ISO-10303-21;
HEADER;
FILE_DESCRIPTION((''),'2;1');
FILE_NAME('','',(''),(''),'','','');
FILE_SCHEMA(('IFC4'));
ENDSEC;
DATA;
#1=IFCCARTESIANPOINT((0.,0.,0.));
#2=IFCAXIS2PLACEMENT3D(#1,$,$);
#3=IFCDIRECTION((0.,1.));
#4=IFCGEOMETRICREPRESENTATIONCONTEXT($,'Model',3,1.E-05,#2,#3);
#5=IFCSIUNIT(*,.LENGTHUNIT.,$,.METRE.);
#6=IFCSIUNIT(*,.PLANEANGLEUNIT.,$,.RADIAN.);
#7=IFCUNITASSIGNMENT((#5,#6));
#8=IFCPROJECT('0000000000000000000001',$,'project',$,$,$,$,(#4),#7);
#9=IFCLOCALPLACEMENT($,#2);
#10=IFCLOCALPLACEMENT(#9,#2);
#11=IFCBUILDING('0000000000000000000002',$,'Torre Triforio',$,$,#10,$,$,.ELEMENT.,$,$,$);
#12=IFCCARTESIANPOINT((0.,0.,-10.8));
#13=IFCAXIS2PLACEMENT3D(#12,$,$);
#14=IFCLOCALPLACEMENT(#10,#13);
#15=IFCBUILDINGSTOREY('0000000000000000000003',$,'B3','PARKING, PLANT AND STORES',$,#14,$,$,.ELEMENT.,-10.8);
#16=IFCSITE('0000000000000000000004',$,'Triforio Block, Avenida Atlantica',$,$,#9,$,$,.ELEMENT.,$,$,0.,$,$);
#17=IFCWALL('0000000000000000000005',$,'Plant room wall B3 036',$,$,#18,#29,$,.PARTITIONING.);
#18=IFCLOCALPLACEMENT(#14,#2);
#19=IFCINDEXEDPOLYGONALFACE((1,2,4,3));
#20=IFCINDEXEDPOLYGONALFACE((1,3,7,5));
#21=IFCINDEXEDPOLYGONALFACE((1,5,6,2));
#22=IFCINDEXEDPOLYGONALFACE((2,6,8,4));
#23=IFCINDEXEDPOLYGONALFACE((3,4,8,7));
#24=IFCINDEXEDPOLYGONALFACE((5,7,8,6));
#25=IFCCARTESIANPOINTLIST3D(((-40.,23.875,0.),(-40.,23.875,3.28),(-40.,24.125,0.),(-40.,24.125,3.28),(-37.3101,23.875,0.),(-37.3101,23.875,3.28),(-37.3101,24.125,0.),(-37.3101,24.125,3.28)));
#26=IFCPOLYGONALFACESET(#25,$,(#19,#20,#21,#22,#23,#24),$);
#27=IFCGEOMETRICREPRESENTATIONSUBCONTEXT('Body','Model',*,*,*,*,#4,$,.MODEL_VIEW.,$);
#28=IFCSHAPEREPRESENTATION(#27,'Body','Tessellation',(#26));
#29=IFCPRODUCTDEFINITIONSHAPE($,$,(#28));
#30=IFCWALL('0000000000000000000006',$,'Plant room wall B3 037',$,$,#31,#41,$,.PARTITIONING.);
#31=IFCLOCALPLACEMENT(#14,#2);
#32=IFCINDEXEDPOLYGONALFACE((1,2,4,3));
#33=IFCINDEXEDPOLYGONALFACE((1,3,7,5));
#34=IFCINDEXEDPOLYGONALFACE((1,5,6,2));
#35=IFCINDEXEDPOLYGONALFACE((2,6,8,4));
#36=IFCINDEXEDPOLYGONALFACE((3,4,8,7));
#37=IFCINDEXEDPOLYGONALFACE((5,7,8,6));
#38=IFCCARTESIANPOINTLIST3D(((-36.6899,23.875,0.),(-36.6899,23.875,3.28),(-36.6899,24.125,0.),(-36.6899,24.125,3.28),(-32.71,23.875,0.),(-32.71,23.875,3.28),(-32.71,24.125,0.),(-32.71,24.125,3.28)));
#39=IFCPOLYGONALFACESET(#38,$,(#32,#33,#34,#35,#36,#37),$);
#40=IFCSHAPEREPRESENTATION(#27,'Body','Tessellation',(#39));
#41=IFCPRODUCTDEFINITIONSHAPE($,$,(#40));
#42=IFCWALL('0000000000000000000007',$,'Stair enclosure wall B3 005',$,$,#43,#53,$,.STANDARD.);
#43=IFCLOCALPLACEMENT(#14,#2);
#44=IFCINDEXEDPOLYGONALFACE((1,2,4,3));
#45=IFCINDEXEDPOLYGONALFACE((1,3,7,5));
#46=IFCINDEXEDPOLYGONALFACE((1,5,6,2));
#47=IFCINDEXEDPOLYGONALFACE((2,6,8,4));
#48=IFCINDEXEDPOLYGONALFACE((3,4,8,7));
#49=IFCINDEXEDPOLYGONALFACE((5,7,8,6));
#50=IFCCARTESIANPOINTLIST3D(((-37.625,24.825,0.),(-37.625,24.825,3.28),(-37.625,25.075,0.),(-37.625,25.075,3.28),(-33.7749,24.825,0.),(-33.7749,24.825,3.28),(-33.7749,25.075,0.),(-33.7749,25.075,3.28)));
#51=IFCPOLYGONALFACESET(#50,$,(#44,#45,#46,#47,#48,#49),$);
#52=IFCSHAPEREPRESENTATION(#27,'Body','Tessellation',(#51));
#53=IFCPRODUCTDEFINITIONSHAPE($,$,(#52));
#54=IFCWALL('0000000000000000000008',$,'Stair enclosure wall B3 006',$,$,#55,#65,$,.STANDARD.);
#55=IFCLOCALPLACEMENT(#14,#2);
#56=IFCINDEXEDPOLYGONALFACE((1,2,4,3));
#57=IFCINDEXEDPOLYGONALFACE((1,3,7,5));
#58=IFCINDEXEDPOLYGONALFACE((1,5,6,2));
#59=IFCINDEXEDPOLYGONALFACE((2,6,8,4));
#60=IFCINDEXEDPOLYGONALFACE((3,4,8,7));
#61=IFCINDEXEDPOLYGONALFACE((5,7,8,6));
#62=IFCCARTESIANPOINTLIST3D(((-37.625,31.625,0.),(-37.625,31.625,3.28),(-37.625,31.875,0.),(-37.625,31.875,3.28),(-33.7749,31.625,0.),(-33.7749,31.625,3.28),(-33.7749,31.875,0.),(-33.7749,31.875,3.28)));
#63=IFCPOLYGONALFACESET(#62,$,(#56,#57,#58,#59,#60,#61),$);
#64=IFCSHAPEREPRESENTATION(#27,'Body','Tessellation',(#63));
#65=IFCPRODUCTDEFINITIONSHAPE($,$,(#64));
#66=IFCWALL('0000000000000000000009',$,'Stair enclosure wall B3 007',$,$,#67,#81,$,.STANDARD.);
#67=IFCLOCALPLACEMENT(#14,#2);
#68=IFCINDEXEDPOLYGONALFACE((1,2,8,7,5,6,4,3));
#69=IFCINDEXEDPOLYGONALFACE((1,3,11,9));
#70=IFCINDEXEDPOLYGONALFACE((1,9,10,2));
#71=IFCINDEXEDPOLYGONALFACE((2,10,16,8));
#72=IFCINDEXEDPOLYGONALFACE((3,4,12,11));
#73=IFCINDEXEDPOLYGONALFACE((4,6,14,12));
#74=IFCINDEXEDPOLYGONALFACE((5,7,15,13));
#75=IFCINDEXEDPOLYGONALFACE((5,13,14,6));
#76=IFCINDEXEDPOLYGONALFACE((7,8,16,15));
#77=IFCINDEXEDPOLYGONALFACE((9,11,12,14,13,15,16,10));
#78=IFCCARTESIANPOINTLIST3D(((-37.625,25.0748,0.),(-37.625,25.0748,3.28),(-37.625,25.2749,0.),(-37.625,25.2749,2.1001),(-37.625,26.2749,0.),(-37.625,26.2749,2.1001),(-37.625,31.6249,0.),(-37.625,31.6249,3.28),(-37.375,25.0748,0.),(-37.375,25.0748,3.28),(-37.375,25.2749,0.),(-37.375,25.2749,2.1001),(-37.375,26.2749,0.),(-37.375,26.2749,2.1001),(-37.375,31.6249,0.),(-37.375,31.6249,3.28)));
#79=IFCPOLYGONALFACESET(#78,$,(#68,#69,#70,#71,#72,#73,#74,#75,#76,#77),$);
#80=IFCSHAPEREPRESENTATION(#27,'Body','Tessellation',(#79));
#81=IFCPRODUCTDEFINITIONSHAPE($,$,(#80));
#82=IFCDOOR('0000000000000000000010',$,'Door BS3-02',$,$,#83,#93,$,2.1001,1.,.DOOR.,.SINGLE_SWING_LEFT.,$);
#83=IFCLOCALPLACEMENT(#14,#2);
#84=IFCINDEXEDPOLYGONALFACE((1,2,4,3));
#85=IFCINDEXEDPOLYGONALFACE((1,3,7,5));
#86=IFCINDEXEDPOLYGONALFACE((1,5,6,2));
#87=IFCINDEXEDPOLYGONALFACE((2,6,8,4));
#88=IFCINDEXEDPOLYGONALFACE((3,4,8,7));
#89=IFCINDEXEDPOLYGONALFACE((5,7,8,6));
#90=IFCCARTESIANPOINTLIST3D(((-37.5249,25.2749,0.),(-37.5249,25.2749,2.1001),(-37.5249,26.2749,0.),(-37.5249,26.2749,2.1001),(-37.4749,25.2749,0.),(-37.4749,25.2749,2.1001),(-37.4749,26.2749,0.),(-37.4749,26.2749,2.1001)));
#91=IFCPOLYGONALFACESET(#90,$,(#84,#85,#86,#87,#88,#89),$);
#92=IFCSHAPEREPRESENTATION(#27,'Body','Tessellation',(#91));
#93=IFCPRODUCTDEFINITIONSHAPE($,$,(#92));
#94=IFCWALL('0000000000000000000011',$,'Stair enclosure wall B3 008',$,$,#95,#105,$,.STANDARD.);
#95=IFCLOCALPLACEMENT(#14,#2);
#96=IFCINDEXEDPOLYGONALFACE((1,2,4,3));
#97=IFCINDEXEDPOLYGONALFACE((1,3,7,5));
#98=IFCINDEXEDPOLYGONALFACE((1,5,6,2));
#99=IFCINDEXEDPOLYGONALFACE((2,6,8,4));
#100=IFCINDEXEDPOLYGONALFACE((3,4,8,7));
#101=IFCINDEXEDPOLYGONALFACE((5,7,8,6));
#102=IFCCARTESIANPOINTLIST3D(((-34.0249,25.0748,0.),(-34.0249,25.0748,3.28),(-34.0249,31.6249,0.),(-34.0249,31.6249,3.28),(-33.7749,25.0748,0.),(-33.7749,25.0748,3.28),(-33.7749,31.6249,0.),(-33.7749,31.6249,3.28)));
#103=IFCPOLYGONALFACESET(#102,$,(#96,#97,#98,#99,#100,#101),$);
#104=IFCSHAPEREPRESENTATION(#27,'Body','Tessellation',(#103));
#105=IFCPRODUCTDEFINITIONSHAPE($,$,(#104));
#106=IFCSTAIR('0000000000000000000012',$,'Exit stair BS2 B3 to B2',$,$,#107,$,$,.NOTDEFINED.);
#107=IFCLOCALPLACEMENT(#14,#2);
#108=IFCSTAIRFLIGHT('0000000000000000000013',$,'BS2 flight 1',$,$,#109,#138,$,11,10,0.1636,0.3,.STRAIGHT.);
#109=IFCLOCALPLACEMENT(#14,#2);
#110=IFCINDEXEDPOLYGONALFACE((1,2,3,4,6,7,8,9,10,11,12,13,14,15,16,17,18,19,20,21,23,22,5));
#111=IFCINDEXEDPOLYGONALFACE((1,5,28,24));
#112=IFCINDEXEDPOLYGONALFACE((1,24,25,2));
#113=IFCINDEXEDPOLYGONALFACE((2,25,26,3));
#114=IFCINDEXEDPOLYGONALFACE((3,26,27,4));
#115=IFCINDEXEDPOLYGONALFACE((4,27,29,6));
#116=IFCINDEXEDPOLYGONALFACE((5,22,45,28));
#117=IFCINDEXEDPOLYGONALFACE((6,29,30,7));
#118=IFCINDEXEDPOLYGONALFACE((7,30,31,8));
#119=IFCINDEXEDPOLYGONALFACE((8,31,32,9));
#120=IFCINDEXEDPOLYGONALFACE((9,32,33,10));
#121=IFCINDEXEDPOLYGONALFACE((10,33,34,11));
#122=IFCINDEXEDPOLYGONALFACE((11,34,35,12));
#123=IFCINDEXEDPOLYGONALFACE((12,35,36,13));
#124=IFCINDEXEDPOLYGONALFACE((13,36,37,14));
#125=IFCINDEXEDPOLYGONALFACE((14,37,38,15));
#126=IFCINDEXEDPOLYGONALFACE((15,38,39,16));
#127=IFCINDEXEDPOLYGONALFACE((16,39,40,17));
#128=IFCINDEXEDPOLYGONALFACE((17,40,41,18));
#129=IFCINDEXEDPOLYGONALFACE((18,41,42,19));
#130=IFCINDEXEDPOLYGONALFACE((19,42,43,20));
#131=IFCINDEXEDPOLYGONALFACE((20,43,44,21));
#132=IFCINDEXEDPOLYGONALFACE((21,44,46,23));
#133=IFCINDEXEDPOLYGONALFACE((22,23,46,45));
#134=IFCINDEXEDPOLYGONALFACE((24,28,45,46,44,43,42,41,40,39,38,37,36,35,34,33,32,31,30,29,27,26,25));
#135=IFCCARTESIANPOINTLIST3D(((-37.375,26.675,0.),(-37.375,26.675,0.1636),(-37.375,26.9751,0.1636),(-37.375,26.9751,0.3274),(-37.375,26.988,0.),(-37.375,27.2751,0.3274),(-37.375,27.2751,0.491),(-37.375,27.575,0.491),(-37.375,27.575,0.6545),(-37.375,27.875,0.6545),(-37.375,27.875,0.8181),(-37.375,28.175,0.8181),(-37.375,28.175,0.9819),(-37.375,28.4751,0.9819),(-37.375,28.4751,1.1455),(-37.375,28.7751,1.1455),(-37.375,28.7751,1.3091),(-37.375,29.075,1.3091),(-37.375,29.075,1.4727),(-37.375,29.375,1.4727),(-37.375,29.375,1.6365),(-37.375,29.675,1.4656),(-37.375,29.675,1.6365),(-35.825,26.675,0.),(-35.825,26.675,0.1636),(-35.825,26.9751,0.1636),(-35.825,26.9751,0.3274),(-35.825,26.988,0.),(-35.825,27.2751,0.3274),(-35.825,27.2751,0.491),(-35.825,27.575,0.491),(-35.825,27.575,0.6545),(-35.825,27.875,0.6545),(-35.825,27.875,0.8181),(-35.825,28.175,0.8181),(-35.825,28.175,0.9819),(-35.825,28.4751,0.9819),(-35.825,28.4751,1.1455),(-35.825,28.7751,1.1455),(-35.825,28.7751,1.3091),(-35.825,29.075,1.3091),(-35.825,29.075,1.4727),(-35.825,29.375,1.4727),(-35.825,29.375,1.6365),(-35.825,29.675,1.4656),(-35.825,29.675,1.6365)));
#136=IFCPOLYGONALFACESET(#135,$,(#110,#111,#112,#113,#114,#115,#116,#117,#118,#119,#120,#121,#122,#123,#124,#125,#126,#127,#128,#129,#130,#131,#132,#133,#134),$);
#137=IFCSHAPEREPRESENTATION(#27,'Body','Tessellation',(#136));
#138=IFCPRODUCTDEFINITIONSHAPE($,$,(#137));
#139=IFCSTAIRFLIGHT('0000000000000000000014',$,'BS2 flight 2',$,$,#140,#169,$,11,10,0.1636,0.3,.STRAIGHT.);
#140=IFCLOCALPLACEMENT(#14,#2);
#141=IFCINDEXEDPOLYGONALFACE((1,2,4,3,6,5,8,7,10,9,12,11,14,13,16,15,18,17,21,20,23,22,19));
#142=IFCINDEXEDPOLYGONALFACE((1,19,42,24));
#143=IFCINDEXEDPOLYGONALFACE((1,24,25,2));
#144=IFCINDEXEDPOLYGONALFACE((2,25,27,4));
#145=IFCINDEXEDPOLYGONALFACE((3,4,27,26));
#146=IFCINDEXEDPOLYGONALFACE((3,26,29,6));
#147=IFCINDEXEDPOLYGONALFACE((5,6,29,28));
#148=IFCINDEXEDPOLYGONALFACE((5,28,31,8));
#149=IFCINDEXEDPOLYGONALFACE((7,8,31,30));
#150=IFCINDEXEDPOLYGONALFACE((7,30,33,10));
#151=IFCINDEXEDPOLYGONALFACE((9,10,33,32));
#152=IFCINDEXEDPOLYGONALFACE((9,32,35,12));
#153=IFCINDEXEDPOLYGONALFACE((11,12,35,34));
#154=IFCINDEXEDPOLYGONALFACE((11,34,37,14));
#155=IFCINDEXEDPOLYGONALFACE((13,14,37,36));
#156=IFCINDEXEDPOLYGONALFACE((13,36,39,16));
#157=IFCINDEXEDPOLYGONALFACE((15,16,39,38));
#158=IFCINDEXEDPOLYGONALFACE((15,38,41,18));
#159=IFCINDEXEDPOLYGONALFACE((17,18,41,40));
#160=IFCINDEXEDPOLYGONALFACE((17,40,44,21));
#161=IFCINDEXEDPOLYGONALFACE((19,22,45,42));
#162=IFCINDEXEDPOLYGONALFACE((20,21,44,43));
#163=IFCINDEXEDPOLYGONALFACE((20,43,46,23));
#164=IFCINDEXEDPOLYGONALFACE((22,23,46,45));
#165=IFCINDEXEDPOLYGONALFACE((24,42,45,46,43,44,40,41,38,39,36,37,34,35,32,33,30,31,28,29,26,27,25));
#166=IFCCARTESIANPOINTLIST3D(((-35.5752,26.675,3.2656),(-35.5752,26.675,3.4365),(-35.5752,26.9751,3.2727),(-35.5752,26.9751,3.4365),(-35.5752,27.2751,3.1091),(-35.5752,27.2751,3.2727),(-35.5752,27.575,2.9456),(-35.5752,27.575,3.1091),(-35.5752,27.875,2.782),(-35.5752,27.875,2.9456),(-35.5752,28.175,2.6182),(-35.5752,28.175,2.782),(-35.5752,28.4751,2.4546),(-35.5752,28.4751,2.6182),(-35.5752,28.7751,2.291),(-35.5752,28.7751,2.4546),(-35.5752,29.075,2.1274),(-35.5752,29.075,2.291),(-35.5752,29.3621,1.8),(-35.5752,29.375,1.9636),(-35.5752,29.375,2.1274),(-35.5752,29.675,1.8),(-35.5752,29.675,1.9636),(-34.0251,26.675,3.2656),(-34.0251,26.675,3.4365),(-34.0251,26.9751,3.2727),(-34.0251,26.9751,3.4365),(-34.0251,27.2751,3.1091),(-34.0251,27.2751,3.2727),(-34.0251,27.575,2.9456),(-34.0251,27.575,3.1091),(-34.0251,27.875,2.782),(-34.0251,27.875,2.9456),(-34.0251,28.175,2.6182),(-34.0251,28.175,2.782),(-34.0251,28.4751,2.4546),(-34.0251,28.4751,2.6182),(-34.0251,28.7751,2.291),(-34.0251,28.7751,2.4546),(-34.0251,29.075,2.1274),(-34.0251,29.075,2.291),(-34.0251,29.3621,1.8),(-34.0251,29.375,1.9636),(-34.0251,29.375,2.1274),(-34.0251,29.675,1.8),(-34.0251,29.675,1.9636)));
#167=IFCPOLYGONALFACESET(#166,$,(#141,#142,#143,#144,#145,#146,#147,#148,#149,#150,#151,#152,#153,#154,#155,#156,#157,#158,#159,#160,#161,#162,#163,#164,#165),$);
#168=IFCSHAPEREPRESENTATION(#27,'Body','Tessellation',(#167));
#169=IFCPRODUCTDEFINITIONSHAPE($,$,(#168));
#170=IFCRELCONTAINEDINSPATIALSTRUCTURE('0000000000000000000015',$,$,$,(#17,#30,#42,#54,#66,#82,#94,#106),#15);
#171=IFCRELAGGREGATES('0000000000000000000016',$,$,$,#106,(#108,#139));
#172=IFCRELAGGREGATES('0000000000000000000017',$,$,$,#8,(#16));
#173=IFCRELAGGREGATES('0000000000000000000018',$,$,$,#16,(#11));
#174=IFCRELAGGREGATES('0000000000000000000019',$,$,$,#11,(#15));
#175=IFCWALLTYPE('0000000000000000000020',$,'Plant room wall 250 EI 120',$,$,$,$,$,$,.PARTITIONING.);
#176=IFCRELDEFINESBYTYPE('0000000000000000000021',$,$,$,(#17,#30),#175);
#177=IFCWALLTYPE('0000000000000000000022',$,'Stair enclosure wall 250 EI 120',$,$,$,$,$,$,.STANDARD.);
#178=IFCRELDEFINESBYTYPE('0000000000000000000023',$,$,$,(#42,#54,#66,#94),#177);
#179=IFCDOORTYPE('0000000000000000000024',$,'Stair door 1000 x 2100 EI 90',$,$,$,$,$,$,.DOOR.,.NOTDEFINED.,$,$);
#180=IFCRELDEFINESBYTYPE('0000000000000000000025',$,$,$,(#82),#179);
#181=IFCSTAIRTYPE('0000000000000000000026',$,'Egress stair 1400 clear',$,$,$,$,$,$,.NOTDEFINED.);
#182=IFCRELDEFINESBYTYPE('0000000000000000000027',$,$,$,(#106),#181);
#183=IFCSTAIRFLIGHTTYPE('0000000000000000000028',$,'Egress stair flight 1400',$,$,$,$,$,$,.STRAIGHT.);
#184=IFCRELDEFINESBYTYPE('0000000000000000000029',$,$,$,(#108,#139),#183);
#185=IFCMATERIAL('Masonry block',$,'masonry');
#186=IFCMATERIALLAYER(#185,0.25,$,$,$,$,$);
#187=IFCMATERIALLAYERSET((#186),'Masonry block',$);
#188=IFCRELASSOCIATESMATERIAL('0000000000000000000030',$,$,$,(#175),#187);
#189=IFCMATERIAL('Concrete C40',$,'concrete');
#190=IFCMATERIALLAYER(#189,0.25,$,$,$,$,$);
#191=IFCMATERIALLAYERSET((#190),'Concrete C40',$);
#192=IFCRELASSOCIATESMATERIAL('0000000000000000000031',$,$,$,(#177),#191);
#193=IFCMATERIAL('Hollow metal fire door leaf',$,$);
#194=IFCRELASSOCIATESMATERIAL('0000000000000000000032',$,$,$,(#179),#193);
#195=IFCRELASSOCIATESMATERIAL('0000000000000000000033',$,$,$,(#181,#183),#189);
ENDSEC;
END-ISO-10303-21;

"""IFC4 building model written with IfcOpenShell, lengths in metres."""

from ifc_helpers import new_model, si_unit, direction, frame, frame_2d, origin, place, context, subcontext, project, spatial, polyline, rectangle, outline, extrude, material, layer, layer_set, type_object, element, fill, aggregate, save


model = new_model("IFC4")

# Units and contexts
model_context = context("Model", 3, precision=1e-05, world=origin(), true_north=direction((0.0, 1.0)))
body_context = subcontext(model_context, "Body", "Model", "MODEL_VIEW")
ifc_project = project(units=[si_unit("LENGTHUNIT", "METRE"), si_unit("PLANEANGLEUNIT", "RADIAN")], contexts=[model_context])

# Site, building, storey
site_placement = place(None, origin())
site = spatial("IfcSite", under=ifc_project, at=site_placement, Name="Triforio Block, Avenida Atlantica", CompositionType="ELEMENT", RefElevation=0.0)
building_placement = place(site_placement, origin())
building = spatial("IfcBuilding", under=site, at=building_placement, Name="Torre Triforio", CompositionType="ELEMENT")
storey_placement = place(building_placement, frame((0.0, 0.0, -10.8)))
storey = spatial("IfcBuildingStorey", under=building, at=storey_placement, Name="B3", Description="PARKING, PLANT AND STORES", CompositionType="ELEMENT", Elevation=-10.8)

# Walls
ifc_material_1 = material(Name="Masonry block", Category="masonry")
ifc_layer_1 = layer(ifc_material_1, 0.25)
ifc_layer_set_1 = layer_set([ifc_layer_1], Name="Masonry block")
wall_type_1 = type_object("IfcWallType", Name="Plant room wall 250 EI 120", PredefinedType="PARTITIONING", material=ifc_layer_set_1)
wall_1_placement = place(storey_placement, frame((-40.0, 24.0, 0.0), z_axis=(0.0, 0.0, 1.0), x_axis=(1.0, 0.0, 0.0)))
element("IfcWall", 1, at=wall_1_placement, inside=storey, type_object=wall_type_1, Name="Plant room wall B3 036", PredefinedType="PARTITIONING", context=body_context, shape_type="SweptSolid", body=[
    extrude(rectangle(XDim=2.6899, YDim=0.25, at=frame_2d((1.345, 0.0))), origin(), (0.0, 0.0, 1.0), 3.28),
])
wall_2_placement = place(storey_placement, frame((-36.6899, 24.0, 0.0), z_axis=(0.0, 0.0, 1.0), x_axis=(1.0, 0.0, 0.0)))
element("IfcWall", 2, at=wall_2_placement, inside=storey, type_object=wall_type_1, Name="Plant room wall B3 037", PredefinedType="PARTITIONING", context=body_context, shape_type="SweptSolid", body=[
    extrude(rectangle(XDim=3.98, YDim=0.25, at=frame_2d((1.99, 0.0))), origin(), (0.0, 0.0, 1.0), 3.28),
])
ifc_material_2 = material(Name="Concrete C40", Category="concrete")
ifc_layer_2 = layer(ifc_material_2, 0.25)
ifc_layer_set_2 = layer_set([ifc_layer_2], Name="Concrete C40")
wall_type_2 = type_object("IfcWallType", Name="Stair enclosure wall 250 EI 120", PredefinedType="STANDARD", material=ifc_layer_set_2)
for number, where, z_axis, x_axis, name in (
    (3, (-37.625, 24.95, 0.0), (0.0, 0.0, 1.0), (1.0, 0.0, 0.0), "Stair enclosure wall B3 005"),
    (4, (-37.625, 31.75, 0.0), (0.0, 0.0, 1.0), (1.0, 0.0, 0.0), "Stair enclosure wall B3 006"),
):
    element("IfcWall", number, at=place(storey_placement, frame(where, z_axis=z_axis, x_axis=x_axis)), inside=storey, type_object=wall_type_2, Name=name, PredefinedType="STANDARD", context=body_context, shape_type="SweptSolid", body=[
        extrude(rectangle(XDim=3.8501, YDim=0.25, at=frame_2d((1.925, 0.0))), origin(), (0.0, 0.0, 1.0), 3.28),
    ])

# Wall, opening, door
wall_3_placement = place(storey_placement, frame((-37.5, 25.075, 0.0), z_axis=(0.0, 0.0, 1.0), x_axis=(0.0, 1.0, 0.0)))
wall_3 = element("IfcWall", 5, at=wall_3_placement, inside=storey, type_object=wall_type_2, Name="Stair enclosure wall B3 007", PredefinedType="STANDARD", context=body_context, shape_type="SweptSolid", body=[
    extrude(rectangle(XDim=6.55, YDim=0.25, at=frame_2d((3.2749, 0.0))), origin(), (0.0, 0.0, 1.0), 3.28),
])
opening_placement = place(wall_3_placement, frame((0.2, 0.0, 0.0)))
opening = element("IfcOpeningElement", 6, at=opening_placement, cuts=wall_3, PredefinedType="OPENING", context=body_context, shape_type="SweptSolid", body=[
    extrude(rectangle(XDim=1.0, YDim=2.1001, at=frame_2d((0.5, 1.05))), frame((0.0, 0.135, 0.0), z_axis=(0.0, -1.0, 0.0), x_axis=(1.0, 0.0, 0.0)), (0.0, 0.0, 1.0), 0.27),
])
ifc_material_3 = material(Name="Hollow metal fire door leaf")
door_type = type_object("IfcDoorType", Name="Stair door 1000 x 2100 EI 90", OperationType="NOTDEFINED", PredefinedType="DOOR", material=ifc_material_3)
door_placement = place(opening_placement, origin())
door = element("IfcDoor", 7, at=door_placement, inside=storey, type_object=door_type, Name="Door BS3-02", OperationType="SINGLE_SWING_LEFT", OverallHeight=2.1001, OverallWidth=1.0, PredefinedType="DOOR", context=body_context, shape_type="SweptSolid", body=[
    extrude(rectangle(XDim=1.0, YDim=2.1001, at=frame_2d((0.5, 1.05))), frame((0.0, 0.0249, 0.0), z_axis=(0.0, -1.0, 0.0), x_axis=(1.0, 0.0, 0.0)), (0.0, 0.0, 1.0), 0.05),
])
fill(opening, door)

# Wall
wall_4_placement = place(storey_placement, frame((-33.8999, 25.075, 0.0), z_axis=(0.0, 0.0, 1.0), x_axis=(0.0, 1.0, 0.0)))
element("IfcWall", 8, at=wall_4_placement, inside=storey, type_object=wall_type_2, Name="Stair enclosure wall B3 008", PredefinedType="STANDARD", context=body_context, shape_type="SweptSolid", body=[
    extrude(rectangle(XDim=6.55, YDim=0.25, at=frame_2d((3.2749, 0.0))), origin(), (0.0, 0.0, 1.0), 3.28),
])

# Stair, stair flights
stair_type = type_object("IfcStairType", Name="Egress stair 1400 clear", PredefinedType="NOTDEFINED", material=ifc_material_2)
stair_placement = place(storey_placement, origin())
stair = element("IfcStair", 9, at=stair_placement, inside=storey, type_object=stair_type, Name="Exit stair BS2 B3 to B2", PredefinedType="NOTDEFINED")
stair_flight_type = type_object("IfcStairFlightType", Name="Egress stair flight 1400", PredefinedType="STRAIGHT", material=ifc_material_2)
stair_flight_1_placement = place(storey_placement, frame((-36.6001, 26.675, 0.0), z_axis=(0.0, 0.0, 1.0), x_axis=(0.0, 1.0, 0.0)))
stair_flight_1 = element("IfcStairFlight", 10, at=stair_flight_1_placement, type_object=stair_flight_type, Name="BS2 flight 1", NumberOfRisers=11, NumberOfTreads=10, PredefinedType="STRAIGHT", RiserHeight=0.1636, TreadLength=0.3, context=body_context, shape_type="SweptSolid", body=[
    extrude(outline(polyline([(0.0, 0.0), (0.0, 0.1636), (0.3, 0.1636), (0.3, 0.3274), (0.6001, 0.3274), (0.6001, 0.491), (0.8999, 0.491), (0.8999, 0.6545), (1.2, 0.6545), (1.2, 0.8181), (1.5, 0.8181), (1.5, 0.9819), (1.8, 0.9819), (1.8, 1.1455), (2.1001, 1.1455), (2.1001, 1.3091), (2.3999, 1.3091), (2.3999, 1.4727), (2.7, 1.4727), (2.7, 1.6365), (3.0, 1.6365), (3.0, 1.8), (3.0, 1.4656), (0.313, 0.0), (0.0, 0.0)])), frame((0.0, 0.7749, 0.0), z_axis=(0.0, -1.0, 0.0), x_axis=(1.0, 0.0, 0.0)), (0.0, 0.0, 1.0), 1.55),
])
stair_flight_2_placement = place(storey_placement, frame((-34.8, 29.675, 1.8), z_axis=(0.0, 0.0, 1.0), x_axis=(0.0, -1.0, 0.0)))
stair_flight_2 = element("IfcStairFlight", 11, at=stair_flight_2_placement, type_object=stair_flight_type, Name="BS2 flight 2", NumberOfRisers=11, NumberOfTreads=10, PredefinedType="STRAIGHT", RiserHeight=0.1636, TreadLength=0.3, context=body_context, shape_type="SweptSolid", body=[
    extrude(outline(polyline([(0.0, 0.0), (0.0, 0.1636), (0.3, 0.1636), (0.3, 0.3274), (0.6001, 0.3274), (0.6001, 0.491), (0.8999, 0.491), (0.8999, 0.6545), (1.2, 0.6545), (1.2, 0.8181), (1.5, 0.8181), (1.5, 0.9819), (1.8, 0.9819), (1.8, 1.1455), (2.1001, 1.1455), (2.1001, 1.3091), (2.3999, 1.3091), (2.3999, 1.4727), (2.7, 1.4727), (2.7, 1.6365), (3.0, 1.6365), (3.0, 1.8), (3.0, 1.4656), (0.313, 0.0), (0.0, 0.0)])), frame((0.0, 0.7749, 0.0), z_axis=(0.0, -1.0, 0.0), x_axis=(1.0, 0.0, 0.0)), (0.0, 0.0, 1.0), 1.55),
])
aggregate(stair, [stair_flight_1, stair_flight_2])

save(model, "model.ifc")
